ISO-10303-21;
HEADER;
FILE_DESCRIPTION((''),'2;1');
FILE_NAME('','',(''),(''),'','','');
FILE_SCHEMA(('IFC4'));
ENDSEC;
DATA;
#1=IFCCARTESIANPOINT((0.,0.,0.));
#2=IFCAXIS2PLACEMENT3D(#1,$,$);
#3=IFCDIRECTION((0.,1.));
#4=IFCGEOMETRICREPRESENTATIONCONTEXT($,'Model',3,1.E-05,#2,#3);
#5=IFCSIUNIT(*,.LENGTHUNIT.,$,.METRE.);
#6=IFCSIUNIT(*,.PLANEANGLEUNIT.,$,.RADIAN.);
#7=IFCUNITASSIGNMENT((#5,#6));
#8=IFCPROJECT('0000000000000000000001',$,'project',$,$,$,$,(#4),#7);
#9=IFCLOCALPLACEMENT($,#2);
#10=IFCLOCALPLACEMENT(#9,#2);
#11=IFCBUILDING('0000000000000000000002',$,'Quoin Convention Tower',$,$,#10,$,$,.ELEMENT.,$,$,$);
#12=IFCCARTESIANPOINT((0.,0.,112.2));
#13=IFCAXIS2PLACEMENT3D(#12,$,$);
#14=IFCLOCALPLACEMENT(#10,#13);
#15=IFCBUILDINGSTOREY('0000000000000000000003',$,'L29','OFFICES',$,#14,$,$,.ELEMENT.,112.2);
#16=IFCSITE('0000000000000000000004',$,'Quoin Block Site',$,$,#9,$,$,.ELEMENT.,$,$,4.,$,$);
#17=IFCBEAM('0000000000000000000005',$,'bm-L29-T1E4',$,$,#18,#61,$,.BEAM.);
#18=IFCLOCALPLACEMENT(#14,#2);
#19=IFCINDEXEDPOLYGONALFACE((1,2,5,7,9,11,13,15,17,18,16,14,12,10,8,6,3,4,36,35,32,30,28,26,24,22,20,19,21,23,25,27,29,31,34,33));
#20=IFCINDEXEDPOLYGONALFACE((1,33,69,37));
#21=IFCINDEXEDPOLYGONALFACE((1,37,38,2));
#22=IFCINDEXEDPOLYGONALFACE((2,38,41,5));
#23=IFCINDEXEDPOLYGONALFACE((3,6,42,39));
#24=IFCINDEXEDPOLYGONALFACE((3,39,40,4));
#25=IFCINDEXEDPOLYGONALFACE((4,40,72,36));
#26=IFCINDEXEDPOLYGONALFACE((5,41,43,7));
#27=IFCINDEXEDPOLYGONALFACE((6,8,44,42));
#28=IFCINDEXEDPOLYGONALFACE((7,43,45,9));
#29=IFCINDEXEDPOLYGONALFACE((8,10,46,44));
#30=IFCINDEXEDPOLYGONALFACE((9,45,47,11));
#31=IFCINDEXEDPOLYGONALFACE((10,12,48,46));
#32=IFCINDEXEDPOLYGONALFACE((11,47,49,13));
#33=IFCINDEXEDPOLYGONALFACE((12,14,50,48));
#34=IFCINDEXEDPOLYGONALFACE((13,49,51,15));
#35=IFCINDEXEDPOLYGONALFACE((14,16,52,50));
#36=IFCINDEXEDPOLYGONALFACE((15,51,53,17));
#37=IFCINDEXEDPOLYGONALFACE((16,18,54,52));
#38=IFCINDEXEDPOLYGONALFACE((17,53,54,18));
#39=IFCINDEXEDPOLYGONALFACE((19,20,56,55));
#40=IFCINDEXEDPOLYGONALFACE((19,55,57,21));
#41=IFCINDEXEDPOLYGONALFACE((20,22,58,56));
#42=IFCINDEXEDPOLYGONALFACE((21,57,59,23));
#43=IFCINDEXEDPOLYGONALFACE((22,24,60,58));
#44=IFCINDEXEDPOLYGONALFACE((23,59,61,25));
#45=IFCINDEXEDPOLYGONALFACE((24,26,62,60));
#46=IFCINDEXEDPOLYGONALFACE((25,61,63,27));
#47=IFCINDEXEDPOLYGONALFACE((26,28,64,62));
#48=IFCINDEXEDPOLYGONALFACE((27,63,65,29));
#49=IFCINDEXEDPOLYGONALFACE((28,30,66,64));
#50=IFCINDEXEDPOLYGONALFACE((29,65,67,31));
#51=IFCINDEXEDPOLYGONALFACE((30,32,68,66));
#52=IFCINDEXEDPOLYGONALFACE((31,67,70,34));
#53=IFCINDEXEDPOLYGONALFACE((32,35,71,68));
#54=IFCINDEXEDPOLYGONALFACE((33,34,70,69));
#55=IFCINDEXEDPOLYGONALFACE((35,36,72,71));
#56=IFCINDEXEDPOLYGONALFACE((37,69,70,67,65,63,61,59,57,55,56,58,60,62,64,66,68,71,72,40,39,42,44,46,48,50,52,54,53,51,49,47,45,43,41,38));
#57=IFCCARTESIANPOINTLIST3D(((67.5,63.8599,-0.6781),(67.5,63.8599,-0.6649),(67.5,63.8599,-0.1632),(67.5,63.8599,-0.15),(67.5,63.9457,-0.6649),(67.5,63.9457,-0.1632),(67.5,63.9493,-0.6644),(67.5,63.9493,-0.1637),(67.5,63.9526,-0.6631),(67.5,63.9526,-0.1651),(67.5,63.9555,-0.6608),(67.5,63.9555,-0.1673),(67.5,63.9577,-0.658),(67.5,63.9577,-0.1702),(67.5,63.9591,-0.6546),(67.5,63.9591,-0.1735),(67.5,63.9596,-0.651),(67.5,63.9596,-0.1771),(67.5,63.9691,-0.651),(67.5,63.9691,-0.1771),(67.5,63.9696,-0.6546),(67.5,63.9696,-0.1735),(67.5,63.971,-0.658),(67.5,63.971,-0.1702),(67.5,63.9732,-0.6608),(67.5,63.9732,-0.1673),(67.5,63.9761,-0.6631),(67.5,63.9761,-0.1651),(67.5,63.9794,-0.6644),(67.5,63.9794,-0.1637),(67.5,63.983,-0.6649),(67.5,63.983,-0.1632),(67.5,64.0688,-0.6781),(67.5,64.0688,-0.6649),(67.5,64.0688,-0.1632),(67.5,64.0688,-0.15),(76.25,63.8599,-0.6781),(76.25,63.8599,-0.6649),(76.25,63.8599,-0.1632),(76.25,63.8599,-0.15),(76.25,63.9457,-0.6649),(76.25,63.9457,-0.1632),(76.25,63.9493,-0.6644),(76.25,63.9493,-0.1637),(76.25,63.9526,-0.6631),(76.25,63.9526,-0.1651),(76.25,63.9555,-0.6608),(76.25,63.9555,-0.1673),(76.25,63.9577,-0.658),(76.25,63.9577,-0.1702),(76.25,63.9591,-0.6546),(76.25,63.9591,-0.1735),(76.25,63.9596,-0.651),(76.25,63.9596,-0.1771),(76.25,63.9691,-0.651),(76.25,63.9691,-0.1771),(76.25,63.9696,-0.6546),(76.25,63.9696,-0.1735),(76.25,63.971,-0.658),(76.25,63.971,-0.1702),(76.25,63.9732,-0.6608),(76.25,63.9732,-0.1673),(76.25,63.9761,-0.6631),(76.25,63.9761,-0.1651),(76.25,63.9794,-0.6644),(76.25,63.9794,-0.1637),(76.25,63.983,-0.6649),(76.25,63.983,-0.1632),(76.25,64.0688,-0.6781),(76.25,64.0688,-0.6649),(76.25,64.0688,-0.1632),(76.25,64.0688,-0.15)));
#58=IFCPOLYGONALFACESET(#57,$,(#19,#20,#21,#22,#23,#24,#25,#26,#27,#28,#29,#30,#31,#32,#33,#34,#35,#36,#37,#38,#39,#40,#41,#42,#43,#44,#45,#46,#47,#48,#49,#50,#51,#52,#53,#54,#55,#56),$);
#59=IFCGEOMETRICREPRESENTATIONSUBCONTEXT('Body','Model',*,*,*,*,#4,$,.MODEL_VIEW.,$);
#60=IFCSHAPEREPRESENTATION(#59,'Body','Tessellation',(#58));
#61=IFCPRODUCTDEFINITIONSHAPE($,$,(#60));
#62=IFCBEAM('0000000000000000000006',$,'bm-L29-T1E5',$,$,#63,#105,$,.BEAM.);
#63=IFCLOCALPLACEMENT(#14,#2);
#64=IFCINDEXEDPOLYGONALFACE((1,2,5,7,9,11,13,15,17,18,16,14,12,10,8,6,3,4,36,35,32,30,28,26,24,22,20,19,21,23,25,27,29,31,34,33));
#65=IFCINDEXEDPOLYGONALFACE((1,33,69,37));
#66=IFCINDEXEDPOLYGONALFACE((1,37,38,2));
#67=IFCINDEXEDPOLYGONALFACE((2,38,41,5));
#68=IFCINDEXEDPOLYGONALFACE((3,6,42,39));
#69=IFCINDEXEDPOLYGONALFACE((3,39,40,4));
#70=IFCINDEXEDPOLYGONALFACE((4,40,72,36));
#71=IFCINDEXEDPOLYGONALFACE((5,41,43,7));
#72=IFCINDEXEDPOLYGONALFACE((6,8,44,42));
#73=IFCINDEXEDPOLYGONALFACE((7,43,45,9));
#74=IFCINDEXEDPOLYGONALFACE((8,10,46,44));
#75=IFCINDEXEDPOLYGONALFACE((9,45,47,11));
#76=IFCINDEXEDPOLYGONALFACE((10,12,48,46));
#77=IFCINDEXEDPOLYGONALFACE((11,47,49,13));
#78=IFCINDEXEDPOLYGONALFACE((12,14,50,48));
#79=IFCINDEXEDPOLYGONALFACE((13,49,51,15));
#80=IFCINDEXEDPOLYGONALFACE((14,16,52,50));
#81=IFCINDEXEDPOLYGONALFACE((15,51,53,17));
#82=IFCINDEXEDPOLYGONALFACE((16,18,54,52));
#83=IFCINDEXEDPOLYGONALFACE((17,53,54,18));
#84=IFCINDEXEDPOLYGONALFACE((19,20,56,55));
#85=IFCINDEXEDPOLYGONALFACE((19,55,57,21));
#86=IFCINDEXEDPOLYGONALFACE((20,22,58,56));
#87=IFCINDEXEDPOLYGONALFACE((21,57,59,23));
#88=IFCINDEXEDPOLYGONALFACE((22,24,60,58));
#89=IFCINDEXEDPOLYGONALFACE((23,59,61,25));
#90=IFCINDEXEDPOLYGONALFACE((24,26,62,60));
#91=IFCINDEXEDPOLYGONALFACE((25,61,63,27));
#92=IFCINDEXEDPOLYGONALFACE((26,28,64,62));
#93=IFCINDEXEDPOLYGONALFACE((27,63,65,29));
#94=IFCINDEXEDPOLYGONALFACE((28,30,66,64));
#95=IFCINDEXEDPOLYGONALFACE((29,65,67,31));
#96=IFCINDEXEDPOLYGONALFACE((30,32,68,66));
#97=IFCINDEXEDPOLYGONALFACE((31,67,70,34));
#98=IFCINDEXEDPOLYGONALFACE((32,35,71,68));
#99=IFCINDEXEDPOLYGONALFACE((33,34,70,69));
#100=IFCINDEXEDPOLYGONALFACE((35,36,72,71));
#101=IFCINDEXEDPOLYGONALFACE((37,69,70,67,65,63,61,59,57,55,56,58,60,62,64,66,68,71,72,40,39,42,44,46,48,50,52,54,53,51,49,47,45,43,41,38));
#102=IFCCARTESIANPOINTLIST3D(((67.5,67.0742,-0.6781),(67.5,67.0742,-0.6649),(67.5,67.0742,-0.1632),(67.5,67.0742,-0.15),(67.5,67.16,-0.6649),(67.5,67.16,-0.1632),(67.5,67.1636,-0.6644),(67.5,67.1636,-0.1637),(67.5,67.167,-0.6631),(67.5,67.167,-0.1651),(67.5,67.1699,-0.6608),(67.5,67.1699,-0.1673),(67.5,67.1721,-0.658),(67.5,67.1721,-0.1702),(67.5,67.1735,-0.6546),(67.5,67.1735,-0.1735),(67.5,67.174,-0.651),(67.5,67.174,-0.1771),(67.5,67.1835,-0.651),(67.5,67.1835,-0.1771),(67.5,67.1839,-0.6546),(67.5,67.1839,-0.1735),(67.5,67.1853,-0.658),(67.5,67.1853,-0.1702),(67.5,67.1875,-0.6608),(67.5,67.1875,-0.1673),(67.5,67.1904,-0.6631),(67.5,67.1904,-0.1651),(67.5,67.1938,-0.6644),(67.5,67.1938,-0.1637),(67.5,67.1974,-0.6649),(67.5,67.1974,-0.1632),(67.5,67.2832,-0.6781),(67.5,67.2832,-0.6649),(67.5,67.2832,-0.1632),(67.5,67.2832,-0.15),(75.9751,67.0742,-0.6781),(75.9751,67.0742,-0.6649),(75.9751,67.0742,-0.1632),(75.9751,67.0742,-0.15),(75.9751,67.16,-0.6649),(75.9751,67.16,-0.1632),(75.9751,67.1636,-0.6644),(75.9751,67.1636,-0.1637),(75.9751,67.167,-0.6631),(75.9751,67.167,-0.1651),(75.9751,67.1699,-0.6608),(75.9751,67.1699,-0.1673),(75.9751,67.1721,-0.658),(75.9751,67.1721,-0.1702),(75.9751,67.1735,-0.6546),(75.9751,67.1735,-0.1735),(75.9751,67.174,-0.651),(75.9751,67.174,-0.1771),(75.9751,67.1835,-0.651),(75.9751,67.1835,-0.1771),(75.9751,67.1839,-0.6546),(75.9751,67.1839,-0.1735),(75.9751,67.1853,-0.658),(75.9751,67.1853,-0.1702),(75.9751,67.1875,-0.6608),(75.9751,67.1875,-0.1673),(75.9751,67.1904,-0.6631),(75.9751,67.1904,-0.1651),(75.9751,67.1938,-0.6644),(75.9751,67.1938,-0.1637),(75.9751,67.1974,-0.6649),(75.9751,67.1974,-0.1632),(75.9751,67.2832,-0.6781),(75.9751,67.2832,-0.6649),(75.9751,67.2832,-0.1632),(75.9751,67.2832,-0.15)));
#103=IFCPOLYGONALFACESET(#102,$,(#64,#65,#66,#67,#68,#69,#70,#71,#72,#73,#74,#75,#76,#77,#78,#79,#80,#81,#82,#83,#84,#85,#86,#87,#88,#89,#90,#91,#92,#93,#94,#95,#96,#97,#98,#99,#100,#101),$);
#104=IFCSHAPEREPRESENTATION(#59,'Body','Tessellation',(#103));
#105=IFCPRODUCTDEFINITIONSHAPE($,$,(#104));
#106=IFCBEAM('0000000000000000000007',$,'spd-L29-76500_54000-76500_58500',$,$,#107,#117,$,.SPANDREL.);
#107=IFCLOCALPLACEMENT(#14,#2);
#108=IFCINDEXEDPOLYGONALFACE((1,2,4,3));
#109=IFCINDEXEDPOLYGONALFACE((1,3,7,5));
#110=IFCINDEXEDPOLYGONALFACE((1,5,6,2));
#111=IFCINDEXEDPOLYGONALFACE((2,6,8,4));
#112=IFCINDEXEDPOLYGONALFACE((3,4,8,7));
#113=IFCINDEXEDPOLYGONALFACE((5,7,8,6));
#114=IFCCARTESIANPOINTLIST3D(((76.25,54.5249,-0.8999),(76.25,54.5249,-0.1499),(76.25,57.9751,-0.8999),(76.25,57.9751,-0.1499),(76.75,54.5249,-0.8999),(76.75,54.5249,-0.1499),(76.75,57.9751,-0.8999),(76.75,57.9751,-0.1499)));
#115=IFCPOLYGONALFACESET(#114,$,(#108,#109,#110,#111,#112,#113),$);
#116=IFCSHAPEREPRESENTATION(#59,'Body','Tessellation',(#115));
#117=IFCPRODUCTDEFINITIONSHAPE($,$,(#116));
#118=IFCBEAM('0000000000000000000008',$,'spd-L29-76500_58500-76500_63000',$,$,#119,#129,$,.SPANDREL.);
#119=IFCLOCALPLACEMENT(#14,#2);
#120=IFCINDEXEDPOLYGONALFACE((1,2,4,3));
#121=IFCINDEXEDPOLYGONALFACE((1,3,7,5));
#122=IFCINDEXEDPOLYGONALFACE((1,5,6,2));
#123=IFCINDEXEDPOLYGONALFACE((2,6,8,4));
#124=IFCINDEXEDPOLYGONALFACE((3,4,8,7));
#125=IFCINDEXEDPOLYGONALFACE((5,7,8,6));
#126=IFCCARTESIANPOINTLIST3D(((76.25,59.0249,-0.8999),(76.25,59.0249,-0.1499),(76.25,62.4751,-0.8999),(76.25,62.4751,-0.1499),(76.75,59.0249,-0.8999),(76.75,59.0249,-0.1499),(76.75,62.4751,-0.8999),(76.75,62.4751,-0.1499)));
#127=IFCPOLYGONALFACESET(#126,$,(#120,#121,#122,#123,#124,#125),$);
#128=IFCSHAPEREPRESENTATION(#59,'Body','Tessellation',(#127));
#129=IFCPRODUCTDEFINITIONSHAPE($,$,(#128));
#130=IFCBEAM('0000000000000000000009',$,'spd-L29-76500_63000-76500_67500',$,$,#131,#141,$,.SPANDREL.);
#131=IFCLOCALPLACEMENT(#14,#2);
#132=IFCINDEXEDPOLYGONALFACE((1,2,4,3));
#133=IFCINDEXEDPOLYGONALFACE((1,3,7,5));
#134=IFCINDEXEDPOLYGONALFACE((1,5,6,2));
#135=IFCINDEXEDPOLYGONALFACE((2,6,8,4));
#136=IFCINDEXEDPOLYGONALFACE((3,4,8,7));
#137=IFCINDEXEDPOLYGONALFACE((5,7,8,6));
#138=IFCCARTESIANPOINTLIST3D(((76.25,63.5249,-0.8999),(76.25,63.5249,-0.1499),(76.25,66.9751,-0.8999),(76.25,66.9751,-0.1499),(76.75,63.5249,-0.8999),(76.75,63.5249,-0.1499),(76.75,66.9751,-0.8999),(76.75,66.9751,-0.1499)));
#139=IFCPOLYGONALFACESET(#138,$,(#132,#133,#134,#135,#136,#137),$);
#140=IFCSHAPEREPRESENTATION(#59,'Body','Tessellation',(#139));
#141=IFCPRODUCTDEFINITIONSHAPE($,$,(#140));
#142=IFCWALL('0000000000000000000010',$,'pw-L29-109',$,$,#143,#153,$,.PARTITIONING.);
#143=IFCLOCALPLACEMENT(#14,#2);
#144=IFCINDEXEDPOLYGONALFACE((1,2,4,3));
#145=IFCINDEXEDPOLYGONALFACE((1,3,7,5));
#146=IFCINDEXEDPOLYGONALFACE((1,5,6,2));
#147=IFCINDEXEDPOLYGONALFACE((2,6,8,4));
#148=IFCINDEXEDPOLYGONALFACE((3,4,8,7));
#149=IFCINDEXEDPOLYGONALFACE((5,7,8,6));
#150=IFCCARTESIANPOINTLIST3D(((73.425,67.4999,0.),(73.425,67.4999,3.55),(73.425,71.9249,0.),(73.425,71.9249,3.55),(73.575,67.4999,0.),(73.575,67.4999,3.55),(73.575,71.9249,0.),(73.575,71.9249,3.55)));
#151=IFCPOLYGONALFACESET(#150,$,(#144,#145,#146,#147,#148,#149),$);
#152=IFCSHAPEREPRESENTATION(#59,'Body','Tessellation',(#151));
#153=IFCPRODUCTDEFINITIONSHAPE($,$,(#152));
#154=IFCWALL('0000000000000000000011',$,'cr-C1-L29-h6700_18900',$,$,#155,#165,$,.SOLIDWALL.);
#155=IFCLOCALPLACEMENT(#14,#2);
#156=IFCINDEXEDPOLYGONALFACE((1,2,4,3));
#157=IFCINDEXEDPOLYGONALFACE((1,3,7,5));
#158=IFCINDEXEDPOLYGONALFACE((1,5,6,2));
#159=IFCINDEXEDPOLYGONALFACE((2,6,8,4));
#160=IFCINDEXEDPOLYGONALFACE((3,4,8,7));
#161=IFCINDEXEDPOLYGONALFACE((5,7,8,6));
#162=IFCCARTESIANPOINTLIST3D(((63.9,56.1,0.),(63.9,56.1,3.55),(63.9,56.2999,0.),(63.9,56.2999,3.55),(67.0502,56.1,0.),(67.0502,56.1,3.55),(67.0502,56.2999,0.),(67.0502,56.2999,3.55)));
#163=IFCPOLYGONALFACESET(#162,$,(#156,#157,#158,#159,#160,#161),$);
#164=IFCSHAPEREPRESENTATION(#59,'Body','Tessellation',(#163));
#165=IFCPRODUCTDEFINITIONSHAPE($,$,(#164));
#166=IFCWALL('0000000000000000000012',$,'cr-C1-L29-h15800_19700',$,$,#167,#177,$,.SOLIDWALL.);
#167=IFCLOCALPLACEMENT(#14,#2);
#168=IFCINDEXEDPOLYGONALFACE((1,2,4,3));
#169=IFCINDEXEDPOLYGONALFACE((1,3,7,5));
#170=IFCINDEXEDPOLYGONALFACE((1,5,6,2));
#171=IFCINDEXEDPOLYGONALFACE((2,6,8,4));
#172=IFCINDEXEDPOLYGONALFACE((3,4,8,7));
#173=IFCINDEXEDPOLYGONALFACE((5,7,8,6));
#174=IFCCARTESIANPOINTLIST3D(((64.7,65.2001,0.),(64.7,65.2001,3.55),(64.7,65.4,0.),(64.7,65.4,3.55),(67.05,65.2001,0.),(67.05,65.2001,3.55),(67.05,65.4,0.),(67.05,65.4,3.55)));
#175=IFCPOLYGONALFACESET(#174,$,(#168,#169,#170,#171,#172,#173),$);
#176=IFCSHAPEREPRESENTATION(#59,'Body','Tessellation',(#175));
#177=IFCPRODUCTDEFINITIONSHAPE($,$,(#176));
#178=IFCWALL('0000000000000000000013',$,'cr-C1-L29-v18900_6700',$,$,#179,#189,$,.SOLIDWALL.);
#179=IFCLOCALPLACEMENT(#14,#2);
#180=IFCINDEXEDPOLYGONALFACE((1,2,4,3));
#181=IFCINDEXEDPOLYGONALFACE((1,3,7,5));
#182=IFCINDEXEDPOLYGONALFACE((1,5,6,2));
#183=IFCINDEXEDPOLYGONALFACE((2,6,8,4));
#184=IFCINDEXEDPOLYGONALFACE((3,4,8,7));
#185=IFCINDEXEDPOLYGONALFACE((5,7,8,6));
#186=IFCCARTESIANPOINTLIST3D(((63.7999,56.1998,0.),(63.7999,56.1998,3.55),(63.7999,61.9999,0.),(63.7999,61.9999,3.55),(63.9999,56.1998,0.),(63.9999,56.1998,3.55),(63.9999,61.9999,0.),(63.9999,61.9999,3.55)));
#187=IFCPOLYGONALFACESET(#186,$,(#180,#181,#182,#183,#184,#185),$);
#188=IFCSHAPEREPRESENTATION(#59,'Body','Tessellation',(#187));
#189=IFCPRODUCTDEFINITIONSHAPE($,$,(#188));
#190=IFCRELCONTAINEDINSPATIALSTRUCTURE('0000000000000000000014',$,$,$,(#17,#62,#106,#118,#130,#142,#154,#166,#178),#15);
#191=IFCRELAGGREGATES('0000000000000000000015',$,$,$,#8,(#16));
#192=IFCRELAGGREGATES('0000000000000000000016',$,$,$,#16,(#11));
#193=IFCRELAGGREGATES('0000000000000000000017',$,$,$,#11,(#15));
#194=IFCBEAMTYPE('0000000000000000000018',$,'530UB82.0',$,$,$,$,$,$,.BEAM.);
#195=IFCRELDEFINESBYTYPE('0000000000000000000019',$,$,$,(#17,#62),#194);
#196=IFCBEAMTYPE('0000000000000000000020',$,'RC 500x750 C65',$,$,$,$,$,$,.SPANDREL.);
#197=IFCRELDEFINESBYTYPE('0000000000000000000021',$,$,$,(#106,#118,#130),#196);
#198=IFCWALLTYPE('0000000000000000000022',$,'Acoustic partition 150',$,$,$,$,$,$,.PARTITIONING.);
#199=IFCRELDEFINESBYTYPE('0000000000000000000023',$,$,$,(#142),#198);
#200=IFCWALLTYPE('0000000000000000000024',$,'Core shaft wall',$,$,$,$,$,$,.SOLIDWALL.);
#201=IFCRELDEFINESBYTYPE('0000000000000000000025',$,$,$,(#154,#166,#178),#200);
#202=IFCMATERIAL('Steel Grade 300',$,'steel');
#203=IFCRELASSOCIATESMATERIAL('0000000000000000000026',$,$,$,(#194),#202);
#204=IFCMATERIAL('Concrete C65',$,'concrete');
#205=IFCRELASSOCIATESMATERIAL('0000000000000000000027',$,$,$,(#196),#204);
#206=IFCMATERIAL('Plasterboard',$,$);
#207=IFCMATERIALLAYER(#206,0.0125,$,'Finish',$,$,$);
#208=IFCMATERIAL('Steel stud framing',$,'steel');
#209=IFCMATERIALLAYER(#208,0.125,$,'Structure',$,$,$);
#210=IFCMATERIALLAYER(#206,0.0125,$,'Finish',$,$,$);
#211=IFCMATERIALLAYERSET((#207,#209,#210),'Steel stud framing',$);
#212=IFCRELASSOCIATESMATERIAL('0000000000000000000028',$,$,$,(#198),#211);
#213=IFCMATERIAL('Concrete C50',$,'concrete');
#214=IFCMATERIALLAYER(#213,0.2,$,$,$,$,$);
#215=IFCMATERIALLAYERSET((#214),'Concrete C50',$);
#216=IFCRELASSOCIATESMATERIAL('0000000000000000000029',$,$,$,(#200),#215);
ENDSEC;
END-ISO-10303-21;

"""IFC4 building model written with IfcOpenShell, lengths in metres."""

from ifc_helpers import new_model, si_unit, direction, frame, frame_2d, origin, origin_2d, place, context, subcontext, project, spatial, rectangle, i_section, extrude, material, layer, layer_set, material_profile, profile_set, type_object, element, save


model = new_model("IFC4")

# Units and contexts
model_context = context("Model", 3, precision=1e-05, world=origin(), true_north=direction((0.0, 1.0)))
body_context = subcontext(model_context, "Body", "Model", "MODEL_VIEW")
ifc_project = project(units=[si_unit("LENGTHUNIT", "METRE"), si_unit("PLANEANGLEUNIT", "RADIAN")], contexts=[model_context])

# Site, building, storey
site_placement = place(None, origin())
site = spatial("IfcSite", under=ifc_project, at=site_placement, Name="Quoin Block Site", CompositionType="ELEMENT", RefElevation=4.0)
building_placement = place(site_placement, origin())
building = spatial("IfcBuilding", under=site, at=building_placement, Name="Quoin Convention Tower", CompositionType="ELEMENT")
storey_placement = place(building_placement, frame((0.0, 0.0, 112.2)))
storey = spatial("IfcBuildingStorey", under=building, at=storey_placement, Name="L29", Description="OFFICES", CompositionType="ELEMENT", Elevation=112.2)

# Shared definitions
ifc_material_1 = material(Name="Concrete C65", Category="concrete")

# Beams
ifc_material_2 = material(Name="Steel Grade 300", Category="steel")
ifc_material_profile_1 = material_profile(ifc_material_2, i_section(OverallWidth=0.209, OverallDepth=0.5281, WebThickness=0.0095, FlangeThickness=0.0132, FilletRadius=0.0139, at=origin_2d()), Name="530UB82.0")
ifc_profile_set_1 = profile_set([ifc_material_profile_1], Name="Steel Grade 300")
beam_type_1 = type_object("IfcBeamType", Name="530UB82.0", PredefinedType="BEAM", material=ifc_profile_set_1)
for number, where, z_axis, x_axis, name in (
    (1, (67.5, 63.9644, -0.4141), (1.0, 0.0, 0.0), (0.0, 1.0, 0.0), "bm-L29-T1E4"),
):
    element("IfcBeam", number, at=place(storey_placement, frame(where, z_axis=z_axis, x_axis=x_axis)), inside=storey, type_object=beam_type_1, Name=name, PredefinedType="BEAM", context=body_context, shape_type="SweptSolid", body=[
        extrude(i_section(OverallWidth=0.209, OverallDepth=0.5281, WebThickness=0.0095, FlangeThickness=0.0132, FilletRadius=0.0139, at=origin_2d()), origin(), (0.0, 0.0, 1.0), 8.75),
    ])
beam_1_placement = place(storey_placement, frame((67.5, 67.1787, -0.4141), z_axis=(1.0, 0.0, 0.0), x_axis=(0.0, 1.0, 0.0)))
element("IfcBeam", 2, at=beam_1_placement, inside=storey, type_object=beam_type_1, Name="bm-L29-T1E5", PredefinedType="BEAM", context=body_context, shape_type="SweptSolid", body=[
    extrude(i_section(OverallWidth=0.209, OverallDepth=0.5281, WebThickness=0.0095, FlangeThickness=0.0132, FilletRadius=0.0139, at=origin_2d()), origin(), (0.0, 0.0, 1.0), 8.4751),
])
ifc_material_profile_2 = material_profile(ifc_material_1, rectangle(XDim=0.5, YDim=0.75, at=origin_2d()), Name="RC 500x750")
ifc_profile_set_2 = profile_set([ifc_material_profile_2], Name="Concrete C65")
beam_type_2 = type_object("IfcBeamType", Name="RC 500x750 C65", PredefinedType="SPANDREL", material=ifc_profile_set_2)
for number, where, z_axis, x_axis, name in (
    (3, (76.5, 54.5249, -0.5249), (0.0, 1.0, 0.0), (-1.0, 0.0, 0.0), "spd-L29-76500_54000-76500_58500"),
    (4, (76.5, 59.0249, -0.5249), (0.0, 1.0, 0.0), (-1.0, 0.0, 0.0), "spd-L29-76500_58500-76500_63000"),
    (5, (76.5, 63.5249, -0.5249), (0.0, 1.0, 0.0), (-1.0, 0.0, 0.0), "spd-L29-76500_63000-76500_67500"),
):
    element("IfcBeam", number, at=place(storey_placement, frame(where, z_axis=z_axis, x_axis=x_axis)), inside=storey, type_object=beam_type_2, Name=name, PredefinedType="SPANDREL", context=body_context, shape_type="SweptSolid", body=[
        extrude(rectangle(XDim=0.5, YDim=0.75, at=origin_2d()), origin(), (0.0, 0.0, 1.0), 3.4502),
    ])

# Walls
ifc_material_3 = material(Name="Plasterboard")
ifc_layer_1 = layer(ifc_material_3, 0.0125, Name="Finish")
ifc_material_4 = material(Name="Steel stud framing", Category="steel")
ifc_layer_2 = layer(ifc_material_4, 0.125, Name="Structure")
ifc_layer_3 = layer(ifc_material_3, 0.0125, Name="Finish")
ifc_layer_set_1 = layer_set([ifc_layer_1, ifc_layer_2, ifc_layer_3], Name="Steel stud framing")
wall_type_1 = type_object("IfcWallType", Name="Acoustic partition 150", PredefinedType="PARTITIONING", material=ifc_layer_set_1)
wall_1_placement = place(storey_placement, frame((73.5, 67.5, 0.0), z_axis=(0.0, 0.0, 1.0), x_axis=(0.0, 1.0, 0.0)))
element("IfcWall", 6, at=wall_1_placement, inside=storey, type_object=wall_type_1, Name="pw-L29-109", PredefinedType="PARTITIONING", context=body_context, shape_type="SweptSolid", body=[
    extrude(rectangle(XDim=4.425, YDim=0.1499, at=frame_2d((2.2124, 0.0))), origin(), (0.0, 0.0, 1.0), 3.55),
])
ifc_material_5 = material(Name="Concrete C50", Category="concrete")
ifc_layer_4 = layer(ifc_material_5, 0.2)
ifc_layer_set_2 = layer_set([ifc_layer_4], Name="Concrete C50")
wall_type_2 = type_object("IfcWallType", Name="Core shaft wall", PredefinedType="SOLIDWALL", material=ifc_layer_set_2)
wall_2_placement = place(storey_placement, frame((63.8999, 56.2, 0.0), z_axis=(0.0, 0.0, 1.0), x_axis=(1.0, 0.0, 0.0)))
element("IfcWall", 7, at=wall_2_placement, inside=storey, type_object=wall_type_2, Name="cr-C1-L29-h6700_18900", PredefinedType="SOLIDWALL", context=body_context, shape_type="SweptSolid", body=[
    extrude(rectangle(XDim=3.1501, YDim=0.2, at=frame_2d((1.5752, 0.0))), origin(), (0.0, 0.0, 1.0), 3.55),
])
wall_3_placement = place(storey_placement, frame((64.7, 65.3, 0.0), z_axis=(0.0, 0.0, 1.0), x_axis=(1.0, 0.0, 0.0)))
element("IfcWall", 8, at=wall_3_placement, inside=storey, type_object=wall_type_2, Name="cr-C1-L29-h15800_19700", PredefinedType="SOLIDWALL", context=body_context, shape_type="SweptSolid", body=[
    extrude(rectangle(XDim=2.3501, YDim=0.2, at=frame_2d((1.175, 0.0))), origin(), (0.0, 0.0, 1.0), 3.55),
])
wall_4_placement = place(storey_placement, frame((63.8999, 56.2, 0.0), z_axis=(0.0, 0.0, 1.0), x_axis=(0.0, 1.0, 0.0)))
element("IfcWall", 9, at=wall_4_placement, inside=storey, type_object=wall_type_2, Name="cr-C1-L29-v18900_6700", PredefinedType="SOLIDWALL", context=body_context, shape_type="SweptSolid", body=[
    extrude(rectangle(XDim=5.8, YDim=0.2, at=frame_2d((2.8999, 0.0))), origin(), (0.0, 0.0, 1.0), 3.55),
])

save(model, "model.ifc")
